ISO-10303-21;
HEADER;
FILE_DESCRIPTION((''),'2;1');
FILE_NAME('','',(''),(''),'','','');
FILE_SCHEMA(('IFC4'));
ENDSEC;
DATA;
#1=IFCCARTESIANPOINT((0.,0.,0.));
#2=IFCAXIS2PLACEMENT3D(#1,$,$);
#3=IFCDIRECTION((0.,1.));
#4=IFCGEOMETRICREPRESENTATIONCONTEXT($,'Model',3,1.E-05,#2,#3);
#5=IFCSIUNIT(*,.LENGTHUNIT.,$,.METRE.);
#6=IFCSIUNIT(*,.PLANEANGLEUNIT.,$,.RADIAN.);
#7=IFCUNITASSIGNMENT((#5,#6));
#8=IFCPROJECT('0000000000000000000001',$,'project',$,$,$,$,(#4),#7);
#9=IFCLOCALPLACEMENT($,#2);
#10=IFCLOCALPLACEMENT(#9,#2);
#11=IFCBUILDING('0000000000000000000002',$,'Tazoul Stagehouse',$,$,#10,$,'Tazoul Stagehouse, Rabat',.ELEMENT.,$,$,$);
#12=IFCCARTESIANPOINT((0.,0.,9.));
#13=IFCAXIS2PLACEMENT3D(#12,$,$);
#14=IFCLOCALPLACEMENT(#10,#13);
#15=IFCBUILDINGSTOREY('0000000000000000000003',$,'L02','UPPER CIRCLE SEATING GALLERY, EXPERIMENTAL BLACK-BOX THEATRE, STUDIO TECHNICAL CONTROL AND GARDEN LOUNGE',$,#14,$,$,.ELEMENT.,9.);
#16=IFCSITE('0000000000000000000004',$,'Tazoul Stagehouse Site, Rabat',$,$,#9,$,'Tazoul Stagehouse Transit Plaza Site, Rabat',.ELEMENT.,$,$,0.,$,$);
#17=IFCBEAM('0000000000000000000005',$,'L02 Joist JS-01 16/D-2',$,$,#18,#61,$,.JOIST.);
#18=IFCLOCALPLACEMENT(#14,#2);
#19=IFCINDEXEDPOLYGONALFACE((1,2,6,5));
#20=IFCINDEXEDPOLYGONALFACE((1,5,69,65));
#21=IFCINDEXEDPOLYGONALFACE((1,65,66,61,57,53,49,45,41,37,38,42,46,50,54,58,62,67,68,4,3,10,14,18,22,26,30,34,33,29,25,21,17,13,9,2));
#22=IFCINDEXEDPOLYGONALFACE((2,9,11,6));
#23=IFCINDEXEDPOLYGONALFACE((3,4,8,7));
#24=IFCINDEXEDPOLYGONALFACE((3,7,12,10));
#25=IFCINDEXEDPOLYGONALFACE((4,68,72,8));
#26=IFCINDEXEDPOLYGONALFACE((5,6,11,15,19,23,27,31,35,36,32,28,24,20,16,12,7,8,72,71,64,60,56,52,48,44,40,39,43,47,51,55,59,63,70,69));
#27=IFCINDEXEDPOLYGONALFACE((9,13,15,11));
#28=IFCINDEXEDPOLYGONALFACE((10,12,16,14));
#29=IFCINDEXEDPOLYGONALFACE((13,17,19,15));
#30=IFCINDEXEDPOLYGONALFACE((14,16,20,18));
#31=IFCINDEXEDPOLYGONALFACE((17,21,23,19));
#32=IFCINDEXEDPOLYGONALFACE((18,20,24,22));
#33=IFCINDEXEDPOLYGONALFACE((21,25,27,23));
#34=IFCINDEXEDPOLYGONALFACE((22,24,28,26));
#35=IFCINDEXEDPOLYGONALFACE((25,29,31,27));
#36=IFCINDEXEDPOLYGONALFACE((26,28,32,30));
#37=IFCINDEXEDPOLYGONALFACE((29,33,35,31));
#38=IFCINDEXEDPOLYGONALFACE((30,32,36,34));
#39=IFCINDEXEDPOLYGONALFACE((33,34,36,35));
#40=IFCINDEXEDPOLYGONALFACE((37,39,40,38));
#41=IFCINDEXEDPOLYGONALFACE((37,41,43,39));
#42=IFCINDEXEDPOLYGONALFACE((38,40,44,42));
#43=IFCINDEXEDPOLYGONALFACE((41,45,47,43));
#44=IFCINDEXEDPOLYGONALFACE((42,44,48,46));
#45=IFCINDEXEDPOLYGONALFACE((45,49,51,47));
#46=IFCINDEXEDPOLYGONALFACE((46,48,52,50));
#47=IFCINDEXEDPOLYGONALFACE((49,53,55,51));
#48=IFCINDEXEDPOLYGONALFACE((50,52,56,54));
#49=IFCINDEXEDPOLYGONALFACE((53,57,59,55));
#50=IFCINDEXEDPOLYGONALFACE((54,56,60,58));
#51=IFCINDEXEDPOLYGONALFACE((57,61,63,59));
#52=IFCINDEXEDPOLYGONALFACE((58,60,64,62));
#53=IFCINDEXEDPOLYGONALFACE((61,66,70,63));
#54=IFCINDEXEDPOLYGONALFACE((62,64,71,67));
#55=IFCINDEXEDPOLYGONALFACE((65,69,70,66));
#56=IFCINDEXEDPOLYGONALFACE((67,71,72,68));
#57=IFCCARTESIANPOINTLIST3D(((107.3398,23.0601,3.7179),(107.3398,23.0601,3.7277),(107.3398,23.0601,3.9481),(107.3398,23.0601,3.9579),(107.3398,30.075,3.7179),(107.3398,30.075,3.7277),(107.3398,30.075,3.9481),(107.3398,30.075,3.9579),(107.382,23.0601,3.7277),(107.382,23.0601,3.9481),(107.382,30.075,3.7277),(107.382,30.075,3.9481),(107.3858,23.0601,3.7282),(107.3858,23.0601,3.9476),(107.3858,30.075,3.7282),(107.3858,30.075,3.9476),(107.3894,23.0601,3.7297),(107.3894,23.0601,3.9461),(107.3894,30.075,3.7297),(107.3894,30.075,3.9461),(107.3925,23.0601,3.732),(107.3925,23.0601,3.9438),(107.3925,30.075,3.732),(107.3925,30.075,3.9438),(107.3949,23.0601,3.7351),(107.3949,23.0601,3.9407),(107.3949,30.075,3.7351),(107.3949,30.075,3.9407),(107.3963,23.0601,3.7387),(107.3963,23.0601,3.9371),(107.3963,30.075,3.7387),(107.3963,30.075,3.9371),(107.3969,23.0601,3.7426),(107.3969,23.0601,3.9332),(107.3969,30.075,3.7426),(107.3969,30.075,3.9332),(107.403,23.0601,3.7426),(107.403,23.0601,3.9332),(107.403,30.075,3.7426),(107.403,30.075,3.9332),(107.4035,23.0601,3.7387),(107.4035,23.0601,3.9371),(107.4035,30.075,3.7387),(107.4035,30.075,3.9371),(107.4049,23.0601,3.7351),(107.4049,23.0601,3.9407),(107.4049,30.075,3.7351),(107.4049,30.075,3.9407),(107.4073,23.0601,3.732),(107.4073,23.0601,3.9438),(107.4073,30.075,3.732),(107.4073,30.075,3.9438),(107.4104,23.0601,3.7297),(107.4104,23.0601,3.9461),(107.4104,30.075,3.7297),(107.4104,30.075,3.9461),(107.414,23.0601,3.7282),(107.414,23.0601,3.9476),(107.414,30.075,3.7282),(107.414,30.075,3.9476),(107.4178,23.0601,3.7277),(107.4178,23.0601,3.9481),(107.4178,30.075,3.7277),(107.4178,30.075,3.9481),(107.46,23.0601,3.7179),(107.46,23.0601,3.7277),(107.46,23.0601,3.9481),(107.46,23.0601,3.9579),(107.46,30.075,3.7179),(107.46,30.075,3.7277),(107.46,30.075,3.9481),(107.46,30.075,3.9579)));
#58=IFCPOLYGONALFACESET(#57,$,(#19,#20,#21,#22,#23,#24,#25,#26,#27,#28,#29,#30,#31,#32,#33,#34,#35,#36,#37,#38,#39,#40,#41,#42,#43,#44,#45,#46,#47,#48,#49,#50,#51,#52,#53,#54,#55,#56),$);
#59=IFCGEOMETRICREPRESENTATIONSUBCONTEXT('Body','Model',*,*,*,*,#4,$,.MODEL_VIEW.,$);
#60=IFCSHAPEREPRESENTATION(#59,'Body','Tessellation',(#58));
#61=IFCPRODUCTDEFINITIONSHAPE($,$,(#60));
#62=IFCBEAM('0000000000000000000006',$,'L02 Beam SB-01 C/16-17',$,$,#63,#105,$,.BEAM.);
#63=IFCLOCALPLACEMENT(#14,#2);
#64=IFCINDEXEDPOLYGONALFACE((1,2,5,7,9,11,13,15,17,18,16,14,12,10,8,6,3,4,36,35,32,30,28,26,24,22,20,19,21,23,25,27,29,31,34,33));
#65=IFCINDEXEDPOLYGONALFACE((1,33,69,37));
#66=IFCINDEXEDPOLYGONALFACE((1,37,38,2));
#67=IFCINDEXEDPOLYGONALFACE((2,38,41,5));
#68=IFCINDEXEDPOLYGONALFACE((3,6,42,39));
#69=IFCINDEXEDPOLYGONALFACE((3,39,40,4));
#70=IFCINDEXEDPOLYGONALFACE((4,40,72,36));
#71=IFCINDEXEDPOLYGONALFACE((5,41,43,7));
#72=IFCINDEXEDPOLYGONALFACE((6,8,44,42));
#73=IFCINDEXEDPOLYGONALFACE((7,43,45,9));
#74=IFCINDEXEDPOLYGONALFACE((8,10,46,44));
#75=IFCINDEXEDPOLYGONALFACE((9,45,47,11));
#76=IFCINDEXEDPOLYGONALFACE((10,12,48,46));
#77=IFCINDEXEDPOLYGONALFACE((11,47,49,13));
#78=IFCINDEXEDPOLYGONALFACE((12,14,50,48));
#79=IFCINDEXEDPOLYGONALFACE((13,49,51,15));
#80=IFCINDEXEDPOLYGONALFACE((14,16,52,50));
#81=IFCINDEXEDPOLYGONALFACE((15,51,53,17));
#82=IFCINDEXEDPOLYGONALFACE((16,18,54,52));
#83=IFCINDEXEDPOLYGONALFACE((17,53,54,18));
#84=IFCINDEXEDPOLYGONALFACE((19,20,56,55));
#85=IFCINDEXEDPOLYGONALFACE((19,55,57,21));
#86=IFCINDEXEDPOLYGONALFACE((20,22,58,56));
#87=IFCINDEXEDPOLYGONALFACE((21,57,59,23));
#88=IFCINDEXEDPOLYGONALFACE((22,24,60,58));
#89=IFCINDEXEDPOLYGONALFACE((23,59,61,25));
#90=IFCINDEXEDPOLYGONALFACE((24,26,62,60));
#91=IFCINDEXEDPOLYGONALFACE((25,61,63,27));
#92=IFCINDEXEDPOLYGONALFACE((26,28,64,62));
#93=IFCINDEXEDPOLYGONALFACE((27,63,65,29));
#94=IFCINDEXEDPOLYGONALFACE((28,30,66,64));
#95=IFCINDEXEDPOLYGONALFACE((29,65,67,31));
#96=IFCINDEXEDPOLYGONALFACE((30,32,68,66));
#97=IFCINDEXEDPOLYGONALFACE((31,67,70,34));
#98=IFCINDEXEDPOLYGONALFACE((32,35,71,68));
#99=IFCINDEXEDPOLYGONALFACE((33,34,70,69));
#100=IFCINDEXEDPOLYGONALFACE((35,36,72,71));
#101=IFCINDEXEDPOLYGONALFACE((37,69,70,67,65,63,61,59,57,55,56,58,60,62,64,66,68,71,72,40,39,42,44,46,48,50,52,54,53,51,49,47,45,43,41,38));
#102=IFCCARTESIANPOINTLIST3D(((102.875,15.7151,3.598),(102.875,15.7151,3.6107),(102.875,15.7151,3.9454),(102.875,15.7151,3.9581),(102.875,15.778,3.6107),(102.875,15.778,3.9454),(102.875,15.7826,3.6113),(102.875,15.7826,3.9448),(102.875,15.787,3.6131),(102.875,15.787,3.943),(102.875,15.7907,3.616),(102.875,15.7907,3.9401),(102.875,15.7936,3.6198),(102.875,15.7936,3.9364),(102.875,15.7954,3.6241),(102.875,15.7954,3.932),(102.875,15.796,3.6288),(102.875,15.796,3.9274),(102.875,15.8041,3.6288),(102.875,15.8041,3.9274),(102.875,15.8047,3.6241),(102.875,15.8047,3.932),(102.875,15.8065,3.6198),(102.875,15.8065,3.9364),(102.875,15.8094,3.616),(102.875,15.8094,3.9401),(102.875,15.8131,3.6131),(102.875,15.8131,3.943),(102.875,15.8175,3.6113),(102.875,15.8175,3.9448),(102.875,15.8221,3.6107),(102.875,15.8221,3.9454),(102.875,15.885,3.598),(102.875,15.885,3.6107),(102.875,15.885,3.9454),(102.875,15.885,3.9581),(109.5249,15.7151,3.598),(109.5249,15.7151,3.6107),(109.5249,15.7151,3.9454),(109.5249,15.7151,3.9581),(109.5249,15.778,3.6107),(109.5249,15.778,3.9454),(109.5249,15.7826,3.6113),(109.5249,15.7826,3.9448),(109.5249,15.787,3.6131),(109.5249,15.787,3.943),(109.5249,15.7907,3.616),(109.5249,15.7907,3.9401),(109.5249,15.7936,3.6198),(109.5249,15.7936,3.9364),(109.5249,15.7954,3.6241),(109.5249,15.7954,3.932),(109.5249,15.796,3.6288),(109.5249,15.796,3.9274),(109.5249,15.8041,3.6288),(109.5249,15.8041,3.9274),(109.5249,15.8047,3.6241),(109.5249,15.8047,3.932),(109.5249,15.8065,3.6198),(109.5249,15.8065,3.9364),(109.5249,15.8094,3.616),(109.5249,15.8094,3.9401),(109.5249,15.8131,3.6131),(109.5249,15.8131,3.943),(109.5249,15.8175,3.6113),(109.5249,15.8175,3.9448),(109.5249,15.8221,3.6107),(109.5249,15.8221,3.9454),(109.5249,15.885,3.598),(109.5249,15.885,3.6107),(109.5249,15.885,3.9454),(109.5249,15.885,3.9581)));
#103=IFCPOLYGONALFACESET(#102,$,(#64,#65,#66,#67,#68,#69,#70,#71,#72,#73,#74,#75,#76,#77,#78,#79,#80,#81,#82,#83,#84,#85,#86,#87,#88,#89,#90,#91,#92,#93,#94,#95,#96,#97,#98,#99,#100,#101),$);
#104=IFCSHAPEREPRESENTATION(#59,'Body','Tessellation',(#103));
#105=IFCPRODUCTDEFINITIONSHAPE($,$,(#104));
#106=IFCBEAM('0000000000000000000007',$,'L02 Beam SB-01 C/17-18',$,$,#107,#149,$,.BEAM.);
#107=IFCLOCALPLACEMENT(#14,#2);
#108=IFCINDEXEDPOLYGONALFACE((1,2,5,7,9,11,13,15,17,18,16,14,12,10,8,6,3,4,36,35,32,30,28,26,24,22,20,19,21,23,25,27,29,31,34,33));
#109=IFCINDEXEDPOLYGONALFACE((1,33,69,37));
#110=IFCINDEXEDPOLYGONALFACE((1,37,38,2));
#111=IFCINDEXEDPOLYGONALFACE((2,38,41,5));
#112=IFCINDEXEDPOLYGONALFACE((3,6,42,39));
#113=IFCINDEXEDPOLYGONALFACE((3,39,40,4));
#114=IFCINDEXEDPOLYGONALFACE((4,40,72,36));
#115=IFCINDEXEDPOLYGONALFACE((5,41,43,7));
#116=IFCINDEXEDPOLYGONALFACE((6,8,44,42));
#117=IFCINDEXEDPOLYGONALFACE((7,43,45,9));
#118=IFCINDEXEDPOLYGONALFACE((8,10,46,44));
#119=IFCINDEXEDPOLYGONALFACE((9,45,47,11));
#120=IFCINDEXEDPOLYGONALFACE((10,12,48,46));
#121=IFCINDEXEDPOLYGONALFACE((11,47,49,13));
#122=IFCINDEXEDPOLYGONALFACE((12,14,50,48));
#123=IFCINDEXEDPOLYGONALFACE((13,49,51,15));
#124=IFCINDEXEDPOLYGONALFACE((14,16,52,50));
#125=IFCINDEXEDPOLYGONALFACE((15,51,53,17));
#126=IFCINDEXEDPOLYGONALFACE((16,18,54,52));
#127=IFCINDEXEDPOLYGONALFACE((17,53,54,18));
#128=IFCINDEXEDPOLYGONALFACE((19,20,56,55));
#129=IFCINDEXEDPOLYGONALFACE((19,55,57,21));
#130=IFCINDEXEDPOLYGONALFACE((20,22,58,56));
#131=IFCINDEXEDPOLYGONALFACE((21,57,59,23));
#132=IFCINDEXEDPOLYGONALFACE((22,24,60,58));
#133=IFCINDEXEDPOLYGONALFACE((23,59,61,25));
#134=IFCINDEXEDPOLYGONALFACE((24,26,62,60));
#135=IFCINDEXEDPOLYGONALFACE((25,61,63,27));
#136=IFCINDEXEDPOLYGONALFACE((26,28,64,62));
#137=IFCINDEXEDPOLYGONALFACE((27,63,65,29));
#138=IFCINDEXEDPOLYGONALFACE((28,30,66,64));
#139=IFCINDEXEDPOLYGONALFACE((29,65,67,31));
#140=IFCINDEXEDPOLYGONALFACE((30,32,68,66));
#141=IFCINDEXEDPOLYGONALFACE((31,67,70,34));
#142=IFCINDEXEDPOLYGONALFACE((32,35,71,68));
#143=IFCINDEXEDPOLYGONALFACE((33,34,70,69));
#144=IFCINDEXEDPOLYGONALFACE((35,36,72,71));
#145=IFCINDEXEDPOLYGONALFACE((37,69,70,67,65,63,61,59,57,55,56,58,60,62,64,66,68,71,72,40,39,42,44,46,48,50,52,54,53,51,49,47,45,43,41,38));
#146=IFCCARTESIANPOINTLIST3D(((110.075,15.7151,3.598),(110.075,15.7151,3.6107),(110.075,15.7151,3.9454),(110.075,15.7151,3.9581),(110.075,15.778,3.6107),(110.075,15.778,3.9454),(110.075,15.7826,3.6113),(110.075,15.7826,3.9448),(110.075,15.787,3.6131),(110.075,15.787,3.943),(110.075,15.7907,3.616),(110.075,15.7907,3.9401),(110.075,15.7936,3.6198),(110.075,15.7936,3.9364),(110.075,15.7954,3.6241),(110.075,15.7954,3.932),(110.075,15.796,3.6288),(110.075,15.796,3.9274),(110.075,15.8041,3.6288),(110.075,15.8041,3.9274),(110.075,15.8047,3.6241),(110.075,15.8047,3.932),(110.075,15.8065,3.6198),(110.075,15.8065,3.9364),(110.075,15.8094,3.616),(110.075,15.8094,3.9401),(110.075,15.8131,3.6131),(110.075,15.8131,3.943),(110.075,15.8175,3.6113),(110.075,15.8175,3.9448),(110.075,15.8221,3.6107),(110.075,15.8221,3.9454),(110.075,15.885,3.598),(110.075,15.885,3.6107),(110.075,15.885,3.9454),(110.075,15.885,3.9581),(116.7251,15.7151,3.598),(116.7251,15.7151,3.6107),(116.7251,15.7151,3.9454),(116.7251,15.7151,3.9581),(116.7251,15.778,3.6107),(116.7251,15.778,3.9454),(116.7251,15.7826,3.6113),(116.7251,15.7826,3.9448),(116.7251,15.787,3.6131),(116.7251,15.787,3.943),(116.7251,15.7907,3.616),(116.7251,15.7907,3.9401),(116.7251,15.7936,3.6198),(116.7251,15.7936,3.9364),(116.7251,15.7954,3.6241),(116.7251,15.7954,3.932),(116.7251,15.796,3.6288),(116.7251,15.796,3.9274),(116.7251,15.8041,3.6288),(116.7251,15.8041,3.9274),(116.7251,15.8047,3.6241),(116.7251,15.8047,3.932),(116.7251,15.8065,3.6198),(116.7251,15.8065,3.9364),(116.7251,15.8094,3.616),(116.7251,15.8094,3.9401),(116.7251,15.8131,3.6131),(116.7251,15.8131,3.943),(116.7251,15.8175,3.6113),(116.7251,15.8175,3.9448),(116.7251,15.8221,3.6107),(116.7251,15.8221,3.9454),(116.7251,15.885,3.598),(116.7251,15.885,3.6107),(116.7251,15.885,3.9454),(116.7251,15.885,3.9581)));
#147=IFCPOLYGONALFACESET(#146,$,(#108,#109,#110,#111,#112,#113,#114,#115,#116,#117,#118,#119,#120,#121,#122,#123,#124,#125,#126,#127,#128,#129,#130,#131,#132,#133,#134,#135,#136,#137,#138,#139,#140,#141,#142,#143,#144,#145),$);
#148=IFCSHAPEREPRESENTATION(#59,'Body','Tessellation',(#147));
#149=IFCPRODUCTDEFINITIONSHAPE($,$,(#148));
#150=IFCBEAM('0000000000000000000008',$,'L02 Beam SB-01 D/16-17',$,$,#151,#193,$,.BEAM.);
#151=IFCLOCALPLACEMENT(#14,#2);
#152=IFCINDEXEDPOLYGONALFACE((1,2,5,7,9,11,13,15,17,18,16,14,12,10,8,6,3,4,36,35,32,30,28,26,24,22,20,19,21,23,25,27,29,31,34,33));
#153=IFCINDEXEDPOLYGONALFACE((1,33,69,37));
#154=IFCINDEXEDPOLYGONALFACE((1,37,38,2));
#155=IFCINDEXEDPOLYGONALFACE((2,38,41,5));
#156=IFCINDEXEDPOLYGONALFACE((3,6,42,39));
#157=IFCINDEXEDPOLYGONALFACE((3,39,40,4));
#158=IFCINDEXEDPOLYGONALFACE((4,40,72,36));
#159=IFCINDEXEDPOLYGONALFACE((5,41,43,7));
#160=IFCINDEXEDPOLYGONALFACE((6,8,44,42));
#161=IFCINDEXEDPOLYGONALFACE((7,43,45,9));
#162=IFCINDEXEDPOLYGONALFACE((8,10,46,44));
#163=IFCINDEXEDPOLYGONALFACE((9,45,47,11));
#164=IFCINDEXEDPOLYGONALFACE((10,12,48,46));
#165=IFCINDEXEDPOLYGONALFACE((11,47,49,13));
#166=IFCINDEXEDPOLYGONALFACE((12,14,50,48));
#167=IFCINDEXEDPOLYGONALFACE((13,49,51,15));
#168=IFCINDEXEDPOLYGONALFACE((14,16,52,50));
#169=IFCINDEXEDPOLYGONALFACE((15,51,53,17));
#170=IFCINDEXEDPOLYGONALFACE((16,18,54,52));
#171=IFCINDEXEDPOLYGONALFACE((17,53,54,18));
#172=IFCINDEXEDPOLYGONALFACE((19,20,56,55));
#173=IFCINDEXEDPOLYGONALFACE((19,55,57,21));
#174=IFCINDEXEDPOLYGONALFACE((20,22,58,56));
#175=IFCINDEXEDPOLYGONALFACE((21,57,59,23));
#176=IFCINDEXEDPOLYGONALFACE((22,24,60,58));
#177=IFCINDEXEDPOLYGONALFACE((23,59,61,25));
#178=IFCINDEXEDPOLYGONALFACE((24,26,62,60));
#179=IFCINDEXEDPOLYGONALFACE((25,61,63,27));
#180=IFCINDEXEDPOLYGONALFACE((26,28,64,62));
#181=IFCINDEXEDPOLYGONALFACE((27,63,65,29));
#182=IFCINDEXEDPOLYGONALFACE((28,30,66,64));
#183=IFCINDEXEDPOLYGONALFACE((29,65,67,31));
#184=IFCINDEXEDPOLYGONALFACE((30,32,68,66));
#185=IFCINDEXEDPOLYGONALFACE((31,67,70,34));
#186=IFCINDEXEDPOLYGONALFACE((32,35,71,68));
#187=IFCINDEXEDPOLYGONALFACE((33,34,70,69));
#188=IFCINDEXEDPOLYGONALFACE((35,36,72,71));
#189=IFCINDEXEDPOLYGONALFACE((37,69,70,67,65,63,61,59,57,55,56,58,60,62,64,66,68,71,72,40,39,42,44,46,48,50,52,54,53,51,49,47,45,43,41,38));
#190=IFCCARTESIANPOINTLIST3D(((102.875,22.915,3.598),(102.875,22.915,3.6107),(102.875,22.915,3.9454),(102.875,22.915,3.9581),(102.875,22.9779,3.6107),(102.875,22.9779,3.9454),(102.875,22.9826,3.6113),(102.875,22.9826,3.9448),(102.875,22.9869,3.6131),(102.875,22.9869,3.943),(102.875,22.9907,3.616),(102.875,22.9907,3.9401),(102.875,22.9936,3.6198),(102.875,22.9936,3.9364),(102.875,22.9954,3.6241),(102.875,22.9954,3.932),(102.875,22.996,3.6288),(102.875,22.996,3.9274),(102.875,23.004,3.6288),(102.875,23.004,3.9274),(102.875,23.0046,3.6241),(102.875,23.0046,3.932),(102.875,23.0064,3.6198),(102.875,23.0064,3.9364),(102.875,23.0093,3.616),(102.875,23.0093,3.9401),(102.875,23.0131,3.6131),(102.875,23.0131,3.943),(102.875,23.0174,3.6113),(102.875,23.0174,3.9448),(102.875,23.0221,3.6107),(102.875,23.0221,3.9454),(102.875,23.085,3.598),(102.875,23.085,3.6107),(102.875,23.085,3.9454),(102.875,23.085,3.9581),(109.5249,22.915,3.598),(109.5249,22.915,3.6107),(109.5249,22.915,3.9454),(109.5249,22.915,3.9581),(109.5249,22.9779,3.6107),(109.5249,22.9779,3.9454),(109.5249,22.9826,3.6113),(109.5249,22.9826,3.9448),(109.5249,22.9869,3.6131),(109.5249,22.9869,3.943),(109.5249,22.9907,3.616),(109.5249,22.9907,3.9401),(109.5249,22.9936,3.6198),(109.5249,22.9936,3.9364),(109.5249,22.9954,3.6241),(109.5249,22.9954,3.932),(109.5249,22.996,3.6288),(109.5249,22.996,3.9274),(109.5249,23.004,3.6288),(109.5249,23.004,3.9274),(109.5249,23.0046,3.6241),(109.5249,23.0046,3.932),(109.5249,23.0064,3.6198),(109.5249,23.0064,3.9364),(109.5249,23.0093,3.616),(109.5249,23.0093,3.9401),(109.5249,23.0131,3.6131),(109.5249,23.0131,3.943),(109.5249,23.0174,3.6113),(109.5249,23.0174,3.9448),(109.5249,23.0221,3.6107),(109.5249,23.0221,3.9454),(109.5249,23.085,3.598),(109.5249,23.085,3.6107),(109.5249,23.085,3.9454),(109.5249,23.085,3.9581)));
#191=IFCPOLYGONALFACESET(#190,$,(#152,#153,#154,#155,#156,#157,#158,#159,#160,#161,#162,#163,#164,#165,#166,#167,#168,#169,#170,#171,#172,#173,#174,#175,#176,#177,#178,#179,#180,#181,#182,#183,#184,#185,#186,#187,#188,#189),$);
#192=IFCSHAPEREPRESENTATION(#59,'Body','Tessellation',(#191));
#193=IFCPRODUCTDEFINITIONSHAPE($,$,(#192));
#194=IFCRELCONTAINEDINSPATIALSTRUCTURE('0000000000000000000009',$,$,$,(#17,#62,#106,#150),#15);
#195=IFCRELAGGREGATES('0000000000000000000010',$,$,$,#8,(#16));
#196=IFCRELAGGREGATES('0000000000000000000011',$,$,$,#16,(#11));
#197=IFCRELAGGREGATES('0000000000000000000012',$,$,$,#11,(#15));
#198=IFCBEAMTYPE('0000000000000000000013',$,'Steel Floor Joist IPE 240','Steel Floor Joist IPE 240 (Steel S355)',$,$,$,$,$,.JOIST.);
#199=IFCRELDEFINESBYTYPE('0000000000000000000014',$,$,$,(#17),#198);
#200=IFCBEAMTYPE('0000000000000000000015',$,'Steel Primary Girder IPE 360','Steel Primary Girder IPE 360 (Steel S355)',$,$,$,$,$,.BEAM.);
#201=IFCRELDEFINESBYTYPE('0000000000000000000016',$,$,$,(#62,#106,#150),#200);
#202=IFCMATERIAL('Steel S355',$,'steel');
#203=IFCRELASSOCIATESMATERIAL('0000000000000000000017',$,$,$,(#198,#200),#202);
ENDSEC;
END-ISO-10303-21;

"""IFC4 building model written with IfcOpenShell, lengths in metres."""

from ifc_helpers import new_model, si_unit, direction, frame, origin, origin_2d, place, context, subcontext, project, spatial, i_section, extrude, material, material_profile, profile_set, type_object, element, save


model = new_model("IFC4")

# Units and contexts
model_context = context("Model", 3, precision=1e-05, world=origin(), true_north=direction((0.0, 1.0)))
body_context = subcontext(model_context, "Body", "Model", "MODEL_VIEW")
ifc_project = project(units=[si_unit("LENGTHUNIT", "METRE"), si_unit("PLANEANGLEUNIT", "RADIAN")], contexts=[model_context])

# Site, building, storey
site_placement = place(None, origin())
site = spatial("IfcSite", under=ifc_project, at=site_placement, Name="Tazoul Stagehouse Site, Rabat", LongName="Tazoul Stagehouse Transit Plaza Site, Rabat", CompositionType="ELEMENT", RefElevation=0.0)
building_placement = place(site_placement, origin())
building = spatial("IfcBuilding", under=site, at=building_placement, Name="Tazoul Stagehouse", LongName="Tazoul Stagehouse, Rabat", CompositionType="ELEMENT")
storey_placement = place(building_placement, frame((0.0, 0.0, 9.0)))
storey = spatial("IfcBuildingStorey", under=building, at=storey_placement, Name="L02", Description="UPPER CIRCLE SEATING GALLERY, EXPERIMENTAL BLACK-BOX THEATRE, STUDIO TECHNICAL CONTROL AND GARDEN LOUNGE", CompositionType="ELEMENT", Elevation=9.0)

# Beams
ifc_material_1 = material(Name="Steel S355", Category="steel")
ifc_material_profile_1 = material_profile(ifc_material_1, i_section(OverallWidth=0.1201, OverallDepth=0.24, WebThickness=0.0061, FlangeThickness=0.0098, FilletRadius=0.0149, at=origin_2d()), Name="IPE 240")
ifc_profile_set_1 = profile_set([ifc_material_profile_1], Name="Steel S355")
beam_type_1 = type_object("IfcBeamType", Name="Steel Floor Joist IPE 240", Description="Steel Floor Joist IPE 240 (Steel S355)", PredefinedType="JOIST", material=ifc_profile_set_1)
for number, where, z_axis, x_axis, name in (
    (1, (107.3999, 23.0601, 3.8379), (0.0, 1.0, 0.0), (-1.0, 0.0, 0.0), "L02 Joist JS-01 16/D-2"),
):
    element("IfcBeam", number, at=place(storey_placement, frame(where, z_axis=z_axis, x_axis=x_axis)), inside=storey, type_object=beam_type_1, Name=name, PredefinedType="JOIST", context=body_context, shape_type="SweptSolid", body=[
        extrude(i_section(OverallWidth=0.1201, OverallDepth=0.24, WebThickness=0.0061, FlangeThickness=0.0098, FilletRadius=0.0149, at=origin_2d()), origin(), (0.0, 0.0, 1.0), 7.0149),
    ])
ifc_material_profile_2 = material_profile(ifc_material_1, i_section(OverallWidth=0.1699, OverallDepth=0.3601, WebThickness=0.0081, FlangeThickness=0.0127, FilletRadius=0.0181, at=origin_2d()), Name="IPE 360")
ifc_profile_set_2 = profile_set([ifc_material_profile_2], Name="Steel S355")
beam_type_2 = type_object("IfcBeamType", Name="Steel Primary Girder IPE 360", Description="Steel Primary Girder IPE 360 (Steel S355)", PredefinedType="BEAM", material=ifc_profile_set_2)
beam_1_placement = place(storey_placement, frame((102.875, 15.8, 3.7781), z_axis=(1.0, 0.0, 0.0), x_axis=(0.0, 1.0, 0.0)))
element("IfcBeam", 2, at=beam_1_placement, inside=storey, type_object=beam_type_2, Name="L02 Beam SB-01 C/16-17", PredefinedType="BEAM", context=body_context, shape_type="SweptSolid", body=[
    extrude(i_section(OverallWidth=0.1699, OverallDepth=0.3601, WebThickness=0.0081, FlangeThickness=0.0127, FilletRadius=0.0181, at=origin_2d()), origin(), (0.0, 0.0, 1.0), 6.6499),
])
beam_2_placement = place(storey_placement, frame((110.075, 15.8, 3.7781), z_axis=(1.0, 0.0, 0.0), x_axis=(0.0, 1.0, 0.0)))
element("IfcBeam", 3, at=beam_2_placement, inside=storey, type_object=beam_type_2, Name="L02 Beam SB-01 C/17-18", PredefinedType="BEAM", context=body_context, shape_type="SweptSolid", body=[
    extrude(i_section(OverallWidth=0.1699, OverallDepth=0.3601, WebThickness=0.0081, FlangeThickness=0.0127, FilletRadius=0.0181, at=origin_2d()), origin(), (0.0, 0.0, 1.0), 6.6501),
])
beam_3_placement = place(storey_placement, frame((102.875, 23.0, 3.7781), z_axis=(1.0, 0.0, 0.0), x_axis=(0.0, 1.0, 0.0)))
element("IfcBeam", 4, at=beam_3_placement, inside=storey, type_object=beam_type_2, Name="L02 Beam SB-01 D/16-17", PredefinedType="BEAM", context=body_context, shape_type="SweptSolid", body=[
    extrude(i_section(OverallWidth=0.1699, OverallDepth=0.3601, WebThickness=0.0081, FlangeThickness=0.0127, FilletRadius=0.0181, at=origin_2d()), origin(), (0.0, 0.0, 1.0), 6.6499),
])

save(model, "model.ifc")
